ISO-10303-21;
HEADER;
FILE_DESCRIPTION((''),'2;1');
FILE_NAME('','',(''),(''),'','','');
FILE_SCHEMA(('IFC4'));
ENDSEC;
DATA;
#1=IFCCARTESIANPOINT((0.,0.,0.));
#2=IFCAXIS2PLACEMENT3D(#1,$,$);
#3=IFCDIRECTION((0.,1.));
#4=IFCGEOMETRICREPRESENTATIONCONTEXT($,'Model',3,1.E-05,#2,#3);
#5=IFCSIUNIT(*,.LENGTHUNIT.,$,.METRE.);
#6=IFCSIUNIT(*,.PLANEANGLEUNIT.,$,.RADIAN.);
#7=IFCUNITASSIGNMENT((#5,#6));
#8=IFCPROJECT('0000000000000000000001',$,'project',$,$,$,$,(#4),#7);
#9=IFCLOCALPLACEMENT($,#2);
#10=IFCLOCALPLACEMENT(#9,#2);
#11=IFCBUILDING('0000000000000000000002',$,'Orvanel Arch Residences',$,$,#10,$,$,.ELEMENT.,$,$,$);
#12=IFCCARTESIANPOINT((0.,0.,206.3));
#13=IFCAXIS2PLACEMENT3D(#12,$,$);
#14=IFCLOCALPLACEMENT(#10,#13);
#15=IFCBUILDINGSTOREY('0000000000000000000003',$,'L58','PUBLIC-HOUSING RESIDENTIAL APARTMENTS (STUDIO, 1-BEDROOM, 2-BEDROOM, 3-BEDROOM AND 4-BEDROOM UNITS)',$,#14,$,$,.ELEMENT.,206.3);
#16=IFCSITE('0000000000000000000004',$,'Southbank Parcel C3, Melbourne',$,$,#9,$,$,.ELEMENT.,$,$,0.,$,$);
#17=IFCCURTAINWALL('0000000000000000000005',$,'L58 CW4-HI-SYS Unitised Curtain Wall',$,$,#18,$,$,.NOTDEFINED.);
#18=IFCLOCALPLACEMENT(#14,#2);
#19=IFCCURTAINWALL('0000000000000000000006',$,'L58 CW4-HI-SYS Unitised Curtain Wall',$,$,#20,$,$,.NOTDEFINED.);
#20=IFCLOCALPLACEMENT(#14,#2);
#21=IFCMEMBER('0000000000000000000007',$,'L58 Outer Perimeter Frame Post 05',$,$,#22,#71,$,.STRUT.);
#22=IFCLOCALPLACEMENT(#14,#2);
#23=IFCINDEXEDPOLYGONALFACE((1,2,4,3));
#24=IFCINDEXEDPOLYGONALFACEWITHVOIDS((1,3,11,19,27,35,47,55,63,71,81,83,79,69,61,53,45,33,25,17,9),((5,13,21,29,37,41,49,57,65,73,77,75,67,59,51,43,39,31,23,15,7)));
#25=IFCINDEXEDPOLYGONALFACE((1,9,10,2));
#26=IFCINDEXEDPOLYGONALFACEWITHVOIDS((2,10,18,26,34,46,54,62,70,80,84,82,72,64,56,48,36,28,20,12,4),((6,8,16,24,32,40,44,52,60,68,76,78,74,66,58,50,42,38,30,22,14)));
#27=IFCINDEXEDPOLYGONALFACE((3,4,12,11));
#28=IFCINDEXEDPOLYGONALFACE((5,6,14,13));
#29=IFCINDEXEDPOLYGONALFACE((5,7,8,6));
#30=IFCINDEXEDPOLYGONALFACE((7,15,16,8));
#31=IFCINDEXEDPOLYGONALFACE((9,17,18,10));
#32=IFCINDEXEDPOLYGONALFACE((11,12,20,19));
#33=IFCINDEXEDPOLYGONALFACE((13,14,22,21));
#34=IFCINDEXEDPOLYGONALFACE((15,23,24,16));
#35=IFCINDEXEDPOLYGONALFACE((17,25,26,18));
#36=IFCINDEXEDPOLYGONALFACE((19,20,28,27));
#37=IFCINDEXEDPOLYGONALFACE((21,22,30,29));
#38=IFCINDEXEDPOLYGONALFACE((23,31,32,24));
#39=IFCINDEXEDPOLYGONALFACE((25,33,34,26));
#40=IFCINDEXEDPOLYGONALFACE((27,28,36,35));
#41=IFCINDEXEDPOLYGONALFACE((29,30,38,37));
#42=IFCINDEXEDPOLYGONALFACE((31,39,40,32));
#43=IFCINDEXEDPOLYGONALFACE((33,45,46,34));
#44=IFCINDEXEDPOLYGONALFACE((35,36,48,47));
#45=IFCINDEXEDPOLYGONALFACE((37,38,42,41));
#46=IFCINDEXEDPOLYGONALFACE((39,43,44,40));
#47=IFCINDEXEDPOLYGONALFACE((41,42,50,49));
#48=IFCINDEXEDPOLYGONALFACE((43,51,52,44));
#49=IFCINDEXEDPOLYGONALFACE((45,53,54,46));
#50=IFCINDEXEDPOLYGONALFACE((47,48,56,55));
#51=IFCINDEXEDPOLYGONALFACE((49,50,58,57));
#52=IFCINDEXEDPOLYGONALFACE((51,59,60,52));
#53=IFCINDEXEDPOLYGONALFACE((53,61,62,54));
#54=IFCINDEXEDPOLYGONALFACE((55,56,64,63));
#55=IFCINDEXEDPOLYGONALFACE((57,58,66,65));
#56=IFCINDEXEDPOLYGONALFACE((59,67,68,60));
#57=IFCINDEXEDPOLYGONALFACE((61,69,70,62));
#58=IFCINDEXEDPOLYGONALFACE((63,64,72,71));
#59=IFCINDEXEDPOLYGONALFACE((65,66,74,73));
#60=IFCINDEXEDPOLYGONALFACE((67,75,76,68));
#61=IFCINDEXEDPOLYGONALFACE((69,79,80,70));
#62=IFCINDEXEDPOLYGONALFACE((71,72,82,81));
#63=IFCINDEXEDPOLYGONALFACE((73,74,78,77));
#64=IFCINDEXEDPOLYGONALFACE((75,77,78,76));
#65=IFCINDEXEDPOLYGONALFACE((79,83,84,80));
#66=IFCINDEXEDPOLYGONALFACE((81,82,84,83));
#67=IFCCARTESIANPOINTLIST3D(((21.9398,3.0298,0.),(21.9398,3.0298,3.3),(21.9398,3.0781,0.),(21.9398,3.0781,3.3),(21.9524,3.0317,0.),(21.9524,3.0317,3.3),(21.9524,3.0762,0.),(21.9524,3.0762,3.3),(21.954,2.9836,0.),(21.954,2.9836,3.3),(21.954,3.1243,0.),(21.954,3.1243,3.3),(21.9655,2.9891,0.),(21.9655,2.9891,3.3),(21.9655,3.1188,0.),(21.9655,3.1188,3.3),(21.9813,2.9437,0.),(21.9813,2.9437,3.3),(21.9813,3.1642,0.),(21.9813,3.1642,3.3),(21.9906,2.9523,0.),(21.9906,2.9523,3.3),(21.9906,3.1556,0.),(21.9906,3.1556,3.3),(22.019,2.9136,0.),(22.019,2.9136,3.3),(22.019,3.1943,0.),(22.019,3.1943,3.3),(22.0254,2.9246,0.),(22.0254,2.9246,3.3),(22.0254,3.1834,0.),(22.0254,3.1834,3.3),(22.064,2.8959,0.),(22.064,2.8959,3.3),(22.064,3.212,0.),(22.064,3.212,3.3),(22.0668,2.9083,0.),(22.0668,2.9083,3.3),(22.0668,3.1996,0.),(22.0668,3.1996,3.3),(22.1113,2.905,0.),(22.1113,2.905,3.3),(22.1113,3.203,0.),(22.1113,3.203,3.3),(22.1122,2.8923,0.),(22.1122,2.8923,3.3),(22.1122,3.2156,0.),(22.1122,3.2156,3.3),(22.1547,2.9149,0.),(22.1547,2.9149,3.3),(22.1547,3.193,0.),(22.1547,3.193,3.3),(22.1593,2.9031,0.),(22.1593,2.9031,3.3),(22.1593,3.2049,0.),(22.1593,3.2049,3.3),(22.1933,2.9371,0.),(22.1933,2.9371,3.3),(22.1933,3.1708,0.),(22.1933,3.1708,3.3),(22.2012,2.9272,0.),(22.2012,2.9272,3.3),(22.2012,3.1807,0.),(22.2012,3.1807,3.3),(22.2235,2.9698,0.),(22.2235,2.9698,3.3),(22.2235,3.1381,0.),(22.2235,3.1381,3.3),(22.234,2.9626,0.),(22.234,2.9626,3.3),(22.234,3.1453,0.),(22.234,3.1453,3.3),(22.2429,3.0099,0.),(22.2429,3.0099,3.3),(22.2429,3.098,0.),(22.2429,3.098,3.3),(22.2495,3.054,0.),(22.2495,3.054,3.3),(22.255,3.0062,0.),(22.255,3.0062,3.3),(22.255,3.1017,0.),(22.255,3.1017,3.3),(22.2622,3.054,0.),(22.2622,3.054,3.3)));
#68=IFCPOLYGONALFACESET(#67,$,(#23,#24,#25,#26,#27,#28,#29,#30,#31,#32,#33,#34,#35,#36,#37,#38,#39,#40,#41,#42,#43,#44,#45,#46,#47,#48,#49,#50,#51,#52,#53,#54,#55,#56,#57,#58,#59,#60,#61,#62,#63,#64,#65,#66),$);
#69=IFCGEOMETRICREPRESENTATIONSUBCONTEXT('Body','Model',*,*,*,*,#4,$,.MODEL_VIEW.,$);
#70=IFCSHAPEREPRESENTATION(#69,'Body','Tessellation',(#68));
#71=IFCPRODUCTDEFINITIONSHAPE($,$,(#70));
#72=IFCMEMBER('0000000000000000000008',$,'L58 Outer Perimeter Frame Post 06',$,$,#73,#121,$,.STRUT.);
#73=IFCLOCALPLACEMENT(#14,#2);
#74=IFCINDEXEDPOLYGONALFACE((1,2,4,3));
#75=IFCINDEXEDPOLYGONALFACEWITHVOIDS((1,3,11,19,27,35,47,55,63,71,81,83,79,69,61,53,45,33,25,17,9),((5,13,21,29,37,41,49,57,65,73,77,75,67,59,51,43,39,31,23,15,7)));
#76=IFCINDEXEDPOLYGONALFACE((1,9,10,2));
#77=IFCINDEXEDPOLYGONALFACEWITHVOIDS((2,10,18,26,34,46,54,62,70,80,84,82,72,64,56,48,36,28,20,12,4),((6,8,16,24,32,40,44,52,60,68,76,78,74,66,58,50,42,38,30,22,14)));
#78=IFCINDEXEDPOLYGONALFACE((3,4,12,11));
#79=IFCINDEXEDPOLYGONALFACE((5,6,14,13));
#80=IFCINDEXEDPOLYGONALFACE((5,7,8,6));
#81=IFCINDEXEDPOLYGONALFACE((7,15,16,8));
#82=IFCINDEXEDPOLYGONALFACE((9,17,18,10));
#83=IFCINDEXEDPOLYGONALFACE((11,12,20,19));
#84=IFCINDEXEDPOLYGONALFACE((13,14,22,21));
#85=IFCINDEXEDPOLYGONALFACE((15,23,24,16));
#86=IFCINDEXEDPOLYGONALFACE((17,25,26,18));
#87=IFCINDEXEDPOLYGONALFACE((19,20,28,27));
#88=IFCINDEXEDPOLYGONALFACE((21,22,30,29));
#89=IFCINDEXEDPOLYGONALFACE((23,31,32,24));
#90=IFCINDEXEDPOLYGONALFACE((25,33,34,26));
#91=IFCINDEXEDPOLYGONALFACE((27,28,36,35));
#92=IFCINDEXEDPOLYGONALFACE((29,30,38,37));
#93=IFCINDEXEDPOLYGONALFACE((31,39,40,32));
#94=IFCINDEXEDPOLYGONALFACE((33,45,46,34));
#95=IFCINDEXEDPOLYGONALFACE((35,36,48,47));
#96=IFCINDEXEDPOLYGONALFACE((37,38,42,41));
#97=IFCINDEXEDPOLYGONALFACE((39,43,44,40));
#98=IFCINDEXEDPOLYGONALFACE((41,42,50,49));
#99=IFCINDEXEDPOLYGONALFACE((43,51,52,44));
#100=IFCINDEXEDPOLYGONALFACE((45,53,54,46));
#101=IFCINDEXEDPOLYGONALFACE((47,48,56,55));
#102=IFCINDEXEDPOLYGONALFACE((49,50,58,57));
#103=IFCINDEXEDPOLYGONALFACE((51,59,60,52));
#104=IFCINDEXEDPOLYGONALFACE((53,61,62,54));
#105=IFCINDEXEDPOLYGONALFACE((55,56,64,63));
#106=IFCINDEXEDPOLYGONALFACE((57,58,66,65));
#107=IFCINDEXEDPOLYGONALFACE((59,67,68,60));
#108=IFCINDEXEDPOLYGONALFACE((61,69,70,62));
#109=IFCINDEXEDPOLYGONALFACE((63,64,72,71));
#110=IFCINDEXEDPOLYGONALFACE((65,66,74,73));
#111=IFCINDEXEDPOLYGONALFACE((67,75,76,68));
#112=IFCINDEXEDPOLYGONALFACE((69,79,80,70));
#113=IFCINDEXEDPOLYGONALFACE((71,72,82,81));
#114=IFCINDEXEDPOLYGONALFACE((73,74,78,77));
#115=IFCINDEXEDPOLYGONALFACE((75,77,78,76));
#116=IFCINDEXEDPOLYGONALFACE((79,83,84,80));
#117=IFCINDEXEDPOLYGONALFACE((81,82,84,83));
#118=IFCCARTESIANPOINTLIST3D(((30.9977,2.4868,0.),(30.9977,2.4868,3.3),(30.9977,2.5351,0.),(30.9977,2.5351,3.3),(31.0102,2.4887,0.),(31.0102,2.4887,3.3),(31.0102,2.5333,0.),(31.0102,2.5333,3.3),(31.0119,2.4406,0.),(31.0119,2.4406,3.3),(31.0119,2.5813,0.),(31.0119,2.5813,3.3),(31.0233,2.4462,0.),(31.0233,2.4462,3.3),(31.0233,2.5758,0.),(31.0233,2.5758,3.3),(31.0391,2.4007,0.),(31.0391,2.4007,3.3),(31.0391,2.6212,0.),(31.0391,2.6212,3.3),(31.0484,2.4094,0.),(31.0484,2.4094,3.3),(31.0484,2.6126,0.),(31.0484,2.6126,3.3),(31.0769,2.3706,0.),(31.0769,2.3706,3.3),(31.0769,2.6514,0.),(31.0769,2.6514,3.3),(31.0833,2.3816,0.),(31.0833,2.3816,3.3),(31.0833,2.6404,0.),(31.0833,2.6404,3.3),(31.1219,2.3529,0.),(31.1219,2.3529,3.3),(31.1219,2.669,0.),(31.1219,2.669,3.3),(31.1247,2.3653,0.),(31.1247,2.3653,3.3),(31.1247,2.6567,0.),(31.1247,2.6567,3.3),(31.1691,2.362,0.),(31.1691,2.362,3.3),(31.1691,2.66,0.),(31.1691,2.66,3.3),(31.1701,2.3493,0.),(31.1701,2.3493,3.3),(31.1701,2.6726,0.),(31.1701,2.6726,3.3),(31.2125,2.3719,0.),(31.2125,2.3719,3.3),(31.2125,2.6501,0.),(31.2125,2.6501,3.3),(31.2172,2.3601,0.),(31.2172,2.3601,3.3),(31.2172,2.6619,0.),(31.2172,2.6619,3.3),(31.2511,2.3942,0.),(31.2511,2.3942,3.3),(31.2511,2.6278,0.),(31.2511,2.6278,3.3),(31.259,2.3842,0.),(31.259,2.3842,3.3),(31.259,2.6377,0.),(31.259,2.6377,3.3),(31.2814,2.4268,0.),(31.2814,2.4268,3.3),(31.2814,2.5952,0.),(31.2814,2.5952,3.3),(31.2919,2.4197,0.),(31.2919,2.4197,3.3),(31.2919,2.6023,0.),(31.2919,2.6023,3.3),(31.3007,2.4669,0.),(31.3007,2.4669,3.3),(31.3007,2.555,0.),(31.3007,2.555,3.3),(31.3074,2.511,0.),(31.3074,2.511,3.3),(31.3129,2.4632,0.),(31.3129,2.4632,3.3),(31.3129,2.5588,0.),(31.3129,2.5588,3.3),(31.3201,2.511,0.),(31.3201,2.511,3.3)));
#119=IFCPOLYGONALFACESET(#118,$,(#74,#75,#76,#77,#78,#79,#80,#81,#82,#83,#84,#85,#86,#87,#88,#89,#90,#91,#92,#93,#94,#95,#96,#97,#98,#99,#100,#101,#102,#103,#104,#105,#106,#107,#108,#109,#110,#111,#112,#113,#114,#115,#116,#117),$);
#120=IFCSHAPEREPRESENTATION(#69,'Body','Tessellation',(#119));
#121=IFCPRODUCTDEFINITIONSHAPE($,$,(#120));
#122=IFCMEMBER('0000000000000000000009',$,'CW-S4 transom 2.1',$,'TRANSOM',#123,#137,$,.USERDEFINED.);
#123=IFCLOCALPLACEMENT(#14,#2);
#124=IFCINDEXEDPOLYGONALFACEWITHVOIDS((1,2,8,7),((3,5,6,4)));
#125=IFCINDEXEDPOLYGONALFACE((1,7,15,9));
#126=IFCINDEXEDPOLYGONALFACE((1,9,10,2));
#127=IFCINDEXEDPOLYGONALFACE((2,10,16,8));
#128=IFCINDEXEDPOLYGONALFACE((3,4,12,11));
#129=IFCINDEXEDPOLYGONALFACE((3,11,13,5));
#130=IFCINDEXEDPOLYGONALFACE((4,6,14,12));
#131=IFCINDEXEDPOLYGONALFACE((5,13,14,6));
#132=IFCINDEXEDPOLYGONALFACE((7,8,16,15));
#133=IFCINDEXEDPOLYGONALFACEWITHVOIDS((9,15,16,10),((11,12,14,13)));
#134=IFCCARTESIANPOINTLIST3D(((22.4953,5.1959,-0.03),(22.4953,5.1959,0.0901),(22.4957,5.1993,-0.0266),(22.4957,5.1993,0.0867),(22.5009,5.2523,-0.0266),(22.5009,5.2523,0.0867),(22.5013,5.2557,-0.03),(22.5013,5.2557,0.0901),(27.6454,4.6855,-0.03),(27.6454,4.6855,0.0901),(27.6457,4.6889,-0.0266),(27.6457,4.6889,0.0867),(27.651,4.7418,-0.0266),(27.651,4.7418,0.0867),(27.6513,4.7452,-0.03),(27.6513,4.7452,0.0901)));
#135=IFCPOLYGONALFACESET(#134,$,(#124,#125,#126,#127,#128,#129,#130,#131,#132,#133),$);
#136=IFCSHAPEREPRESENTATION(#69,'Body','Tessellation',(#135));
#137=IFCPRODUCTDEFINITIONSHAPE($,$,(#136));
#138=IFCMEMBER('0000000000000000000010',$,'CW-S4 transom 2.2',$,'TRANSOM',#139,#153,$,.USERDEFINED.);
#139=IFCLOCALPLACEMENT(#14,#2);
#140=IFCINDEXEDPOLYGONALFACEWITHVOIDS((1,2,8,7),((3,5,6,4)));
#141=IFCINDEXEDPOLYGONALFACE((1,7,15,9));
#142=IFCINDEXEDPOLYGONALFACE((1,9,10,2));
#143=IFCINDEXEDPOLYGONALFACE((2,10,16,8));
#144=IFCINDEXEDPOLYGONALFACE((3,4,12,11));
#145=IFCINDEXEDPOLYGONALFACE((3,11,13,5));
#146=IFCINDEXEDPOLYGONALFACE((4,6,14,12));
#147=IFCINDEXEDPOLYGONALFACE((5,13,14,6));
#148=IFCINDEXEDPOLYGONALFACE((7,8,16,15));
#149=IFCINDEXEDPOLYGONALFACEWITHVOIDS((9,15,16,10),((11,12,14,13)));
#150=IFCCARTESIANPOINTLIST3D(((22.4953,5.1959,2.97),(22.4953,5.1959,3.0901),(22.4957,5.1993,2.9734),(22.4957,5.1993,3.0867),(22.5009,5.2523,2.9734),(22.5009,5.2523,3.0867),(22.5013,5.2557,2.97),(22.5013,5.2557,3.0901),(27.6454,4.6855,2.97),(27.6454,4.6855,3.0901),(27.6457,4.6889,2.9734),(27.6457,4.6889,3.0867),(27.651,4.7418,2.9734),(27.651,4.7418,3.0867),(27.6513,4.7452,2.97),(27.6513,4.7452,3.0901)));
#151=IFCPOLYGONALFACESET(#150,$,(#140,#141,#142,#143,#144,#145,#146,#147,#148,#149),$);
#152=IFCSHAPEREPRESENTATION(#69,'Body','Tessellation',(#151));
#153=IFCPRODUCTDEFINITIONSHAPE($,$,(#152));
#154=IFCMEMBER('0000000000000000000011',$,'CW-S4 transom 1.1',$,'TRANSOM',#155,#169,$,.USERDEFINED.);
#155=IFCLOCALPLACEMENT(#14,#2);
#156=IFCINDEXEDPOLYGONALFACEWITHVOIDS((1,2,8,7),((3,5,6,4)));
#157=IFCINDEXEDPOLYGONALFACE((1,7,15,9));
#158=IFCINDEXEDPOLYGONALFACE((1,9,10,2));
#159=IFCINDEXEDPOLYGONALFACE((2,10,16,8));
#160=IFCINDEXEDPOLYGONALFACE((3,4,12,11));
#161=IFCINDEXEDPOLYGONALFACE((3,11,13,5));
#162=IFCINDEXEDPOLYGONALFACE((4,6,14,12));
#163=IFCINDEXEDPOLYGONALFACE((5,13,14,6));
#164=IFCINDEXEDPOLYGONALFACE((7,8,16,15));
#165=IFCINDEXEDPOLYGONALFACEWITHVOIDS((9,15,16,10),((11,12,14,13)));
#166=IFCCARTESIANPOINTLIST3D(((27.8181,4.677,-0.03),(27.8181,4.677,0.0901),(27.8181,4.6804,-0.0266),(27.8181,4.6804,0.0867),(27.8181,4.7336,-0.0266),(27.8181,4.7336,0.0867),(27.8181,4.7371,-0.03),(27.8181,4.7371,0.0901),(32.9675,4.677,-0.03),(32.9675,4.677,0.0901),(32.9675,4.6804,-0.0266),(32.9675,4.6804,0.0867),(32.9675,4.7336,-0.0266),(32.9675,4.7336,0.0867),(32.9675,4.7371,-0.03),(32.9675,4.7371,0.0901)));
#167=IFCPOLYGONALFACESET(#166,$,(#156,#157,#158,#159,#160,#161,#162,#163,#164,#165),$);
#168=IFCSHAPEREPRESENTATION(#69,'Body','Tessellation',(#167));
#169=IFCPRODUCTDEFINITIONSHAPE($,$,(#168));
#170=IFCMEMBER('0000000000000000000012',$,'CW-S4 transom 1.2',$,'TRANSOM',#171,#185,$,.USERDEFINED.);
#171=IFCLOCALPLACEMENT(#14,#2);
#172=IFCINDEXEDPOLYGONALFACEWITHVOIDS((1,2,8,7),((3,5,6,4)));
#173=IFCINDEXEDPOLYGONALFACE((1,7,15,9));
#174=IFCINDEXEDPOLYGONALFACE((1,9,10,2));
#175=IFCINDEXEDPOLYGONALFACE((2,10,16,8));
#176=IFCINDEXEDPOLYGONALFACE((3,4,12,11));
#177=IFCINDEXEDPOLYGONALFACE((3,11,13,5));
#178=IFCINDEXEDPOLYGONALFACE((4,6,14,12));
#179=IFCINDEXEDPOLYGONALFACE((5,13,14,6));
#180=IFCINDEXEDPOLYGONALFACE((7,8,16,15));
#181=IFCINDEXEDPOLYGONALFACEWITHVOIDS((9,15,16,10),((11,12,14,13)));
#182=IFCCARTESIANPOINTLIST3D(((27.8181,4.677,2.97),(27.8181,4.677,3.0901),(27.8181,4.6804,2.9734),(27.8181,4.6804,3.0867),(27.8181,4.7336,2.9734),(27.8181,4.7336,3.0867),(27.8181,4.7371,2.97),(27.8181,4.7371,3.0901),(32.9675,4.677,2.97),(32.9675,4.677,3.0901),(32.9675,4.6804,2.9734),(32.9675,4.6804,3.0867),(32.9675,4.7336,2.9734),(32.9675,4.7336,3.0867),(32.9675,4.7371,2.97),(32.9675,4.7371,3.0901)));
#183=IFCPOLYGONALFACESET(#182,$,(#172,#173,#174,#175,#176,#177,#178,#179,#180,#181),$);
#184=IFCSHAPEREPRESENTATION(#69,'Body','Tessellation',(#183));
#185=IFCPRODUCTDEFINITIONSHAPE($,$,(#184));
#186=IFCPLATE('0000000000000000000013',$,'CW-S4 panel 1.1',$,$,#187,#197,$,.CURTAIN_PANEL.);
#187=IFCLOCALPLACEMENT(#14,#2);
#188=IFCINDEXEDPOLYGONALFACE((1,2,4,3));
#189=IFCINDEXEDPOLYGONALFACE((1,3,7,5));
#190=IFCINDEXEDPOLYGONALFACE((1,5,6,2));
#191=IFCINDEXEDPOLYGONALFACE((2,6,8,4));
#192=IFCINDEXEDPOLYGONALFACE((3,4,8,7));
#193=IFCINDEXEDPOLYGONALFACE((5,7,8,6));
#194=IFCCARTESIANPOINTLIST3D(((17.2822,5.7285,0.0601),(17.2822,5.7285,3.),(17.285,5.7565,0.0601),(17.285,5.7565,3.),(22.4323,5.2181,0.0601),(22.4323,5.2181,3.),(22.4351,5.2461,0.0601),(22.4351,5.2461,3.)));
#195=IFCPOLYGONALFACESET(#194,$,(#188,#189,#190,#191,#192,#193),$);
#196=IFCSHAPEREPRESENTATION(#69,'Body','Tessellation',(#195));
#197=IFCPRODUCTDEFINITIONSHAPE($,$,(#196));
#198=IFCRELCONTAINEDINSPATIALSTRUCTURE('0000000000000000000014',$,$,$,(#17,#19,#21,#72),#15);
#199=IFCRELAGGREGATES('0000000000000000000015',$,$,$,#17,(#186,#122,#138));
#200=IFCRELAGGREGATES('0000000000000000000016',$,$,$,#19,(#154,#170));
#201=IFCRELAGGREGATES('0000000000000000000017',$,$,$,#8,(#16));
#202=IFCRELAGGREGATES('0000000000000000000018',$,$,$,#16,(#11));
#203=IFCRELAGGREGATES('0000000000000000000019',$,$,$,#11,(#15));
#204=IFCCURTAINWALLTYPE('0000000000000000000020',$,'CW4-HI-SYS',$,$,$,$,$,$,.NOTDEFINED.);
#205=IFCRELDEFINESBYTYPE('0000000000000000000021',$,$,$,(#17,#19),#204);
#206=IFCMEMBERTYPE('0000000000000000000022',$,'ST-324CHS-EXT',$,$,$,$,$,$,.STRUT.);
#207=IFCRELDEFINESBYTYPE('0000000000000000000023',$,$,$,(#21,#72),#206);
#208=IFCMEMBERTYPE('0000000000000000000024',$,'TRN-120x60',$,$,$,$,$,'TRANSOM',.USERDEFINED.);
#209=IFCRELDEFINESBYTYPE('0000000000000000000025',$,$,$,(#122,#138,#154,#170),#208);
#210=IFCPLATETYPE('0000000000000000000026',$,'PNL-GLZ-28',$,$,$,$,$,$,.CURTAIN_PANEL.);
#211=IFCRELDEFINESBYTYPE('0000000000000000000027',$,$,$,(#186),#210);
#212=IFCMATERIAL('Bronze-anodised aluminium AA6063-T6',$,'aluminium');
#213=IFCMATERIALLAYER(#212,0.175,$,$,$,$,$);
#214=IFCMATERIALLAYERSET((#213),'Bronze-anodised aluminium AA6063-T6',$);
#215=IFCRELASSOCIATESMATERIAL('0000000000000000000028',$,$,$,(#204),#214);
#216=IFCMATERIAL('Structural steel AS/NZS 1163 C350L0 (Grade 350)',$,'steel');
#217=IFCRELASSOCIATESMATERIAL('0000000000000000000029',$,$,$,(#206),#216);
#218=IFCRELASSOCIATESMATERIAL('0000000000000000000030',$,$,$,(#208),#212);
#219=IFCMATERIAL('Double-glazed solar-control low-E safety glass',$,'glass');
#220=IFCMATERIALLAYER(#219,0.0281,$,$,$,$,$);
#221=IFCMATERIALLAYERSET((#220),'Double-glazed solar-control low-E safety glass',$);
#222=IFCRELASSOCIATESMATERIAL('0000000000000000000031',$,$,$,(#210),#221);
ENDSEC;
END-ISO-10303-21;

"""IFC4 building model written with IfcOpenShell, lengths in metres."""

from ifc_helpers import new_model, si_unit, direction, frame, origin, origin_2d, place, context, subcontext, project, spatial, rectangle, hollow_rectangle, hollow_circle, extrude, material, layer, layer_set, material_profile, profile_set, type_object, element, aggregate, save


model = new_model("IFC4")

# Units and contexts
model_context = context("Model", 3, precision=1e-05, world=origin(), true_north=direction((0.0, 1.0)))
body_context = subcontext(model_context, "Body", "Model", "MODEL_VIEW")
ifc_project = project(units=[si_unit("LENGTHUNIT", "METRE"), si_unit("PLANEANGLEUNIT", "RADIAN")], contexts=[model_context])

# Site, building, storey
site_placement = place(None, origin())
site = spatial("IfcSite", under=ifc_project, at=site_placement, Name="Southbank Parcel C3, Melbourne", CompositionType="ELEMENT", RefElevation=0.0)
building_placement = place(site_placement, origin())
building = spatial("IfcBuilding", under=site, at=building_placement, Name="Orvanel Arch Residences", CompositionType="ELEMENT")
storey_placement = place(building_placement, frame((0.0, 0.0, 206.3)))
storey = spatial("IfcBuildingStorey", under=building, at=storey_placement, Name="L58", Description="PUBLIC-HOUSING RESIDENTIAL APARTMENTS (STUDIO, 1-BEDROOM, 2-BEDROOM, 3-BEDROOM AND 4-BEDROOM UNITS)", CompositionType="ELEMENT", Elevation=206.3)

# Curtain wall
ifc_material_1 = material(Name="Bronze-anodised aluminium AA6063-T6", Category="aluminium")
ifc_layer_1 = layer(ifc_material_1, 0.175)
ifc_layer_set_1 = layer_set([ifc_layer_1], Name="Bronze-anodised aluminium AA6063-T6")
curtain_wall_type = type_object("IfcCurtainWallType", Name="CW4-HI-SYS", PredefinedType="NOTDEFINED", material=ifc_layer_set_1)
curtain_wall_1_placement = place(storey_placement, origin())
curtain_wall_1 = element("IfcCurtainWall", 1, at=curtain_wall_1_placement, inside=storey, type_object=curtain_wall_type, Name="L58 CW4-HI-SYS Unitised Curtain Wall", PredefinedType="NOTDEFINED")

# Curtain wall
curtain_wall_2_placement = place(storey_placement, origin())
curtain_wall_2 = element("IfcCurtainWall", 2, at=curtain_wall_2_placement, inside=storey, type_object=curtain_wall_type, Name="L58 CW4-HI-SYS Unitised Curtain Wall", PredefinedType="NOTDEFINED")

# Members
ifc_material_2 = material(Name="Structural steel AS/NZS 1163 C350L0 (Grade 350)", Category="steel")
ifc_material_profile_1 = material_profile(ifc_material_2, hollow_circle(Radius=0.1621, WallThickness=0.0127, at=origin_2d()), Name="CHS324x12.7")
ifc_profile_set_1 = profile_set([ifc_material_profile_1], Name="Structural steel AS/NZS 1163 C350L0 (Grade 350)")
member_type_1 = type_object("IfcMemberType", Name="ST-324CHS-EXT", PredefinedType="STRUT", material=ifc_profile_set_1)
for number, where, z_axis, x_axis, name in (
    (3, (22.1001, 3.054, 0.0), (0.0, 0.0, 1.0), (1.0, 0.0, 0.0), "L58 Outer Perimeter Frame Post 05"),
    (4, (31.158, 2.511, 0.0), (0.0, 0.0, 1.0), (1.0, 0.0, 0.0), "L58 Outer Perimeter Frame Post 06"),
):
    element("IfcMember", number, at=place(storey_placement, frame(where, z_axis=z_axis, x_axis=x_axis)), inside=storey, type_object=member_type_1, Name=name, PredefinedType="STRUT", context=body_context, shape_type="SweptSolid", body=[
        extrude(hollow_circle(Radius=0.1621, WallThickness=0.0127, at=origin_2d()), origin(), (0.0, 0.0, 1.0), 3.3),
    ])

# Members
ifc_material_profile_2 = material_profile(ifc_material_1, hollow_rectangle(XDim=0.0601, YDim=0.1201, WallThickness=0.0034, at=origin_2d()), Name="ALU120x60x3.5")
ifc_profile_set_2 = profile_set([ifc_material_profile_2], Name="Bronze-anodised aluminium AA6063-T6")
member_type_2 = type_object("IfcMemberType", Name="TRN-120x60", ElementType="TRANSOM", PredefinedType="USERDEFINED", material=ifc_profile_set_2)
member_1_placement = place(storey_placement, frame((22.4983, 5.2258, 0.03), z_axis=(0.995123, -0.09864, 0.0), x_axis=(0.09864, 0.995123, 0.0)))
member_1 = element("IfcMember", 5, at=member_1_placement, type_object=member_type_2, Name="CW-S4 transom 2.1", ObjectType="TRANSOM", PredefinedType="USERDEFINED", context=body_context, shape_type="SweptSolid", body=[
    extrude(hollow_rectangle(XDim=0.0601, YDim=0.1201, WallThickness=0.0034, at=origin_2d()), origin(), (0.0, 0.0, 1.0), 5.1753),
])
member_2_placement = place(storey_placement, frame((22.4983, 5.2258, 3.03), z_axis=(0.995123, -0.09864, 0.0), x_axis=(0.09864, 0.995123, 0.0)))
member_2 = element("IfcMember", 6, at=member_2_placement, type_object=member_type_2, Name="CW-S4 transom 2.2", ObjectType="TRANSOM", PredefinedType="USERDEFINED", context=body_context, shape_type="SweptSolid", body=[
    extrude(hollow_rectangle(XDim=0.0601, YDim=0.1201, WallThickness=0.0034, at=origin_2d()), origin(), (0.0, 0.0, 1.0), 5.1753),
])
member_3_placement = place(storey_placement, frame((27.8181, 4.707, 0.03), z_axis=(1.0, 0.0, 0.0), x_axis=(0.0, 1.0, 0.0)))
member_3 = element("IfcMember", 7, at=member_3_placement, type_object=member_type_2, Name="CW-S4 transom 1.1", ObjectType="TRANSOM", PredefinedType="USERDEFINED", context=body_context, shape_type="SweptSolid", body=[
    extrude(hollow_rectangle(XDim=0.0601, YDim=0.1201, WallThickness=0.0034, at=origin_2d()), origin(), (0.0, 0.0, 1.0), 5.1494),
])
member_4_placement = place(storey_placement, frame((27.8181, 4.707, 3.03), z_axis=(1.0, 0.0, 0.0), x_axis=(0.0, 1.0, 0.0)))
member_4 = element("IfcMember", 8, at=member_4_placement, type_object=member_type_2, Name="CW-S4 transom 1.2", ObjectType="TRANSOM", PredefinedType="USERDEFINED", context=body_context, shape_type="SweptSolid", body=[
    extrude(hollow_rectangle(XDim=0.0601, YDim=0.1201, WallThickness=0.0034, at=origin_2d()), origin(), (0.0, 0.0, 1.0), 5.1494),
])

# Plate
ifc_material_3 = material(Name="Double-glazed solar-control low-E safety glass", Category="glass")
ifc_layer_2 = layer(ifc_material_3, 0.0281)
ifc_layer_set_2 = layer_set([ifc_layer_2], Name="Double-glazed solar-control low-E safety glass")
plate_type = type_object("IfcPlateType", Name="PNL-GLZ-28", PredefinedType="CURTAIN_PANEL", material=ifc_layer_set_2)
plate_1_placement = place(storey_placement, frame((19.8586, 5.4873, 0.0601), z_axis=(0.0, 0.0, 1.0), x_axis=(0.995125, -0.098621, 0.0)))
plate_1 = element("IfcPlate", 9, at=plate_1_placement, type_object=plate_type, Name="CW-S4 panel 1.1", PredefinedType="CURTAIN_PANEL", context=body_context, shape_type="SweptSolid", body=[
    extrude(rectangle(XDim=5.1753, YDim=0.0281, at=origin_2d()), origin(), (0.0, 0.0, 1.0), 2.9399),
])
aggregate(curtain_wall_1, [plate_1, member_1, member_2])
aggregate(curtain_wall_2, [member_3, member_4])

save(model, "model.ifc")
